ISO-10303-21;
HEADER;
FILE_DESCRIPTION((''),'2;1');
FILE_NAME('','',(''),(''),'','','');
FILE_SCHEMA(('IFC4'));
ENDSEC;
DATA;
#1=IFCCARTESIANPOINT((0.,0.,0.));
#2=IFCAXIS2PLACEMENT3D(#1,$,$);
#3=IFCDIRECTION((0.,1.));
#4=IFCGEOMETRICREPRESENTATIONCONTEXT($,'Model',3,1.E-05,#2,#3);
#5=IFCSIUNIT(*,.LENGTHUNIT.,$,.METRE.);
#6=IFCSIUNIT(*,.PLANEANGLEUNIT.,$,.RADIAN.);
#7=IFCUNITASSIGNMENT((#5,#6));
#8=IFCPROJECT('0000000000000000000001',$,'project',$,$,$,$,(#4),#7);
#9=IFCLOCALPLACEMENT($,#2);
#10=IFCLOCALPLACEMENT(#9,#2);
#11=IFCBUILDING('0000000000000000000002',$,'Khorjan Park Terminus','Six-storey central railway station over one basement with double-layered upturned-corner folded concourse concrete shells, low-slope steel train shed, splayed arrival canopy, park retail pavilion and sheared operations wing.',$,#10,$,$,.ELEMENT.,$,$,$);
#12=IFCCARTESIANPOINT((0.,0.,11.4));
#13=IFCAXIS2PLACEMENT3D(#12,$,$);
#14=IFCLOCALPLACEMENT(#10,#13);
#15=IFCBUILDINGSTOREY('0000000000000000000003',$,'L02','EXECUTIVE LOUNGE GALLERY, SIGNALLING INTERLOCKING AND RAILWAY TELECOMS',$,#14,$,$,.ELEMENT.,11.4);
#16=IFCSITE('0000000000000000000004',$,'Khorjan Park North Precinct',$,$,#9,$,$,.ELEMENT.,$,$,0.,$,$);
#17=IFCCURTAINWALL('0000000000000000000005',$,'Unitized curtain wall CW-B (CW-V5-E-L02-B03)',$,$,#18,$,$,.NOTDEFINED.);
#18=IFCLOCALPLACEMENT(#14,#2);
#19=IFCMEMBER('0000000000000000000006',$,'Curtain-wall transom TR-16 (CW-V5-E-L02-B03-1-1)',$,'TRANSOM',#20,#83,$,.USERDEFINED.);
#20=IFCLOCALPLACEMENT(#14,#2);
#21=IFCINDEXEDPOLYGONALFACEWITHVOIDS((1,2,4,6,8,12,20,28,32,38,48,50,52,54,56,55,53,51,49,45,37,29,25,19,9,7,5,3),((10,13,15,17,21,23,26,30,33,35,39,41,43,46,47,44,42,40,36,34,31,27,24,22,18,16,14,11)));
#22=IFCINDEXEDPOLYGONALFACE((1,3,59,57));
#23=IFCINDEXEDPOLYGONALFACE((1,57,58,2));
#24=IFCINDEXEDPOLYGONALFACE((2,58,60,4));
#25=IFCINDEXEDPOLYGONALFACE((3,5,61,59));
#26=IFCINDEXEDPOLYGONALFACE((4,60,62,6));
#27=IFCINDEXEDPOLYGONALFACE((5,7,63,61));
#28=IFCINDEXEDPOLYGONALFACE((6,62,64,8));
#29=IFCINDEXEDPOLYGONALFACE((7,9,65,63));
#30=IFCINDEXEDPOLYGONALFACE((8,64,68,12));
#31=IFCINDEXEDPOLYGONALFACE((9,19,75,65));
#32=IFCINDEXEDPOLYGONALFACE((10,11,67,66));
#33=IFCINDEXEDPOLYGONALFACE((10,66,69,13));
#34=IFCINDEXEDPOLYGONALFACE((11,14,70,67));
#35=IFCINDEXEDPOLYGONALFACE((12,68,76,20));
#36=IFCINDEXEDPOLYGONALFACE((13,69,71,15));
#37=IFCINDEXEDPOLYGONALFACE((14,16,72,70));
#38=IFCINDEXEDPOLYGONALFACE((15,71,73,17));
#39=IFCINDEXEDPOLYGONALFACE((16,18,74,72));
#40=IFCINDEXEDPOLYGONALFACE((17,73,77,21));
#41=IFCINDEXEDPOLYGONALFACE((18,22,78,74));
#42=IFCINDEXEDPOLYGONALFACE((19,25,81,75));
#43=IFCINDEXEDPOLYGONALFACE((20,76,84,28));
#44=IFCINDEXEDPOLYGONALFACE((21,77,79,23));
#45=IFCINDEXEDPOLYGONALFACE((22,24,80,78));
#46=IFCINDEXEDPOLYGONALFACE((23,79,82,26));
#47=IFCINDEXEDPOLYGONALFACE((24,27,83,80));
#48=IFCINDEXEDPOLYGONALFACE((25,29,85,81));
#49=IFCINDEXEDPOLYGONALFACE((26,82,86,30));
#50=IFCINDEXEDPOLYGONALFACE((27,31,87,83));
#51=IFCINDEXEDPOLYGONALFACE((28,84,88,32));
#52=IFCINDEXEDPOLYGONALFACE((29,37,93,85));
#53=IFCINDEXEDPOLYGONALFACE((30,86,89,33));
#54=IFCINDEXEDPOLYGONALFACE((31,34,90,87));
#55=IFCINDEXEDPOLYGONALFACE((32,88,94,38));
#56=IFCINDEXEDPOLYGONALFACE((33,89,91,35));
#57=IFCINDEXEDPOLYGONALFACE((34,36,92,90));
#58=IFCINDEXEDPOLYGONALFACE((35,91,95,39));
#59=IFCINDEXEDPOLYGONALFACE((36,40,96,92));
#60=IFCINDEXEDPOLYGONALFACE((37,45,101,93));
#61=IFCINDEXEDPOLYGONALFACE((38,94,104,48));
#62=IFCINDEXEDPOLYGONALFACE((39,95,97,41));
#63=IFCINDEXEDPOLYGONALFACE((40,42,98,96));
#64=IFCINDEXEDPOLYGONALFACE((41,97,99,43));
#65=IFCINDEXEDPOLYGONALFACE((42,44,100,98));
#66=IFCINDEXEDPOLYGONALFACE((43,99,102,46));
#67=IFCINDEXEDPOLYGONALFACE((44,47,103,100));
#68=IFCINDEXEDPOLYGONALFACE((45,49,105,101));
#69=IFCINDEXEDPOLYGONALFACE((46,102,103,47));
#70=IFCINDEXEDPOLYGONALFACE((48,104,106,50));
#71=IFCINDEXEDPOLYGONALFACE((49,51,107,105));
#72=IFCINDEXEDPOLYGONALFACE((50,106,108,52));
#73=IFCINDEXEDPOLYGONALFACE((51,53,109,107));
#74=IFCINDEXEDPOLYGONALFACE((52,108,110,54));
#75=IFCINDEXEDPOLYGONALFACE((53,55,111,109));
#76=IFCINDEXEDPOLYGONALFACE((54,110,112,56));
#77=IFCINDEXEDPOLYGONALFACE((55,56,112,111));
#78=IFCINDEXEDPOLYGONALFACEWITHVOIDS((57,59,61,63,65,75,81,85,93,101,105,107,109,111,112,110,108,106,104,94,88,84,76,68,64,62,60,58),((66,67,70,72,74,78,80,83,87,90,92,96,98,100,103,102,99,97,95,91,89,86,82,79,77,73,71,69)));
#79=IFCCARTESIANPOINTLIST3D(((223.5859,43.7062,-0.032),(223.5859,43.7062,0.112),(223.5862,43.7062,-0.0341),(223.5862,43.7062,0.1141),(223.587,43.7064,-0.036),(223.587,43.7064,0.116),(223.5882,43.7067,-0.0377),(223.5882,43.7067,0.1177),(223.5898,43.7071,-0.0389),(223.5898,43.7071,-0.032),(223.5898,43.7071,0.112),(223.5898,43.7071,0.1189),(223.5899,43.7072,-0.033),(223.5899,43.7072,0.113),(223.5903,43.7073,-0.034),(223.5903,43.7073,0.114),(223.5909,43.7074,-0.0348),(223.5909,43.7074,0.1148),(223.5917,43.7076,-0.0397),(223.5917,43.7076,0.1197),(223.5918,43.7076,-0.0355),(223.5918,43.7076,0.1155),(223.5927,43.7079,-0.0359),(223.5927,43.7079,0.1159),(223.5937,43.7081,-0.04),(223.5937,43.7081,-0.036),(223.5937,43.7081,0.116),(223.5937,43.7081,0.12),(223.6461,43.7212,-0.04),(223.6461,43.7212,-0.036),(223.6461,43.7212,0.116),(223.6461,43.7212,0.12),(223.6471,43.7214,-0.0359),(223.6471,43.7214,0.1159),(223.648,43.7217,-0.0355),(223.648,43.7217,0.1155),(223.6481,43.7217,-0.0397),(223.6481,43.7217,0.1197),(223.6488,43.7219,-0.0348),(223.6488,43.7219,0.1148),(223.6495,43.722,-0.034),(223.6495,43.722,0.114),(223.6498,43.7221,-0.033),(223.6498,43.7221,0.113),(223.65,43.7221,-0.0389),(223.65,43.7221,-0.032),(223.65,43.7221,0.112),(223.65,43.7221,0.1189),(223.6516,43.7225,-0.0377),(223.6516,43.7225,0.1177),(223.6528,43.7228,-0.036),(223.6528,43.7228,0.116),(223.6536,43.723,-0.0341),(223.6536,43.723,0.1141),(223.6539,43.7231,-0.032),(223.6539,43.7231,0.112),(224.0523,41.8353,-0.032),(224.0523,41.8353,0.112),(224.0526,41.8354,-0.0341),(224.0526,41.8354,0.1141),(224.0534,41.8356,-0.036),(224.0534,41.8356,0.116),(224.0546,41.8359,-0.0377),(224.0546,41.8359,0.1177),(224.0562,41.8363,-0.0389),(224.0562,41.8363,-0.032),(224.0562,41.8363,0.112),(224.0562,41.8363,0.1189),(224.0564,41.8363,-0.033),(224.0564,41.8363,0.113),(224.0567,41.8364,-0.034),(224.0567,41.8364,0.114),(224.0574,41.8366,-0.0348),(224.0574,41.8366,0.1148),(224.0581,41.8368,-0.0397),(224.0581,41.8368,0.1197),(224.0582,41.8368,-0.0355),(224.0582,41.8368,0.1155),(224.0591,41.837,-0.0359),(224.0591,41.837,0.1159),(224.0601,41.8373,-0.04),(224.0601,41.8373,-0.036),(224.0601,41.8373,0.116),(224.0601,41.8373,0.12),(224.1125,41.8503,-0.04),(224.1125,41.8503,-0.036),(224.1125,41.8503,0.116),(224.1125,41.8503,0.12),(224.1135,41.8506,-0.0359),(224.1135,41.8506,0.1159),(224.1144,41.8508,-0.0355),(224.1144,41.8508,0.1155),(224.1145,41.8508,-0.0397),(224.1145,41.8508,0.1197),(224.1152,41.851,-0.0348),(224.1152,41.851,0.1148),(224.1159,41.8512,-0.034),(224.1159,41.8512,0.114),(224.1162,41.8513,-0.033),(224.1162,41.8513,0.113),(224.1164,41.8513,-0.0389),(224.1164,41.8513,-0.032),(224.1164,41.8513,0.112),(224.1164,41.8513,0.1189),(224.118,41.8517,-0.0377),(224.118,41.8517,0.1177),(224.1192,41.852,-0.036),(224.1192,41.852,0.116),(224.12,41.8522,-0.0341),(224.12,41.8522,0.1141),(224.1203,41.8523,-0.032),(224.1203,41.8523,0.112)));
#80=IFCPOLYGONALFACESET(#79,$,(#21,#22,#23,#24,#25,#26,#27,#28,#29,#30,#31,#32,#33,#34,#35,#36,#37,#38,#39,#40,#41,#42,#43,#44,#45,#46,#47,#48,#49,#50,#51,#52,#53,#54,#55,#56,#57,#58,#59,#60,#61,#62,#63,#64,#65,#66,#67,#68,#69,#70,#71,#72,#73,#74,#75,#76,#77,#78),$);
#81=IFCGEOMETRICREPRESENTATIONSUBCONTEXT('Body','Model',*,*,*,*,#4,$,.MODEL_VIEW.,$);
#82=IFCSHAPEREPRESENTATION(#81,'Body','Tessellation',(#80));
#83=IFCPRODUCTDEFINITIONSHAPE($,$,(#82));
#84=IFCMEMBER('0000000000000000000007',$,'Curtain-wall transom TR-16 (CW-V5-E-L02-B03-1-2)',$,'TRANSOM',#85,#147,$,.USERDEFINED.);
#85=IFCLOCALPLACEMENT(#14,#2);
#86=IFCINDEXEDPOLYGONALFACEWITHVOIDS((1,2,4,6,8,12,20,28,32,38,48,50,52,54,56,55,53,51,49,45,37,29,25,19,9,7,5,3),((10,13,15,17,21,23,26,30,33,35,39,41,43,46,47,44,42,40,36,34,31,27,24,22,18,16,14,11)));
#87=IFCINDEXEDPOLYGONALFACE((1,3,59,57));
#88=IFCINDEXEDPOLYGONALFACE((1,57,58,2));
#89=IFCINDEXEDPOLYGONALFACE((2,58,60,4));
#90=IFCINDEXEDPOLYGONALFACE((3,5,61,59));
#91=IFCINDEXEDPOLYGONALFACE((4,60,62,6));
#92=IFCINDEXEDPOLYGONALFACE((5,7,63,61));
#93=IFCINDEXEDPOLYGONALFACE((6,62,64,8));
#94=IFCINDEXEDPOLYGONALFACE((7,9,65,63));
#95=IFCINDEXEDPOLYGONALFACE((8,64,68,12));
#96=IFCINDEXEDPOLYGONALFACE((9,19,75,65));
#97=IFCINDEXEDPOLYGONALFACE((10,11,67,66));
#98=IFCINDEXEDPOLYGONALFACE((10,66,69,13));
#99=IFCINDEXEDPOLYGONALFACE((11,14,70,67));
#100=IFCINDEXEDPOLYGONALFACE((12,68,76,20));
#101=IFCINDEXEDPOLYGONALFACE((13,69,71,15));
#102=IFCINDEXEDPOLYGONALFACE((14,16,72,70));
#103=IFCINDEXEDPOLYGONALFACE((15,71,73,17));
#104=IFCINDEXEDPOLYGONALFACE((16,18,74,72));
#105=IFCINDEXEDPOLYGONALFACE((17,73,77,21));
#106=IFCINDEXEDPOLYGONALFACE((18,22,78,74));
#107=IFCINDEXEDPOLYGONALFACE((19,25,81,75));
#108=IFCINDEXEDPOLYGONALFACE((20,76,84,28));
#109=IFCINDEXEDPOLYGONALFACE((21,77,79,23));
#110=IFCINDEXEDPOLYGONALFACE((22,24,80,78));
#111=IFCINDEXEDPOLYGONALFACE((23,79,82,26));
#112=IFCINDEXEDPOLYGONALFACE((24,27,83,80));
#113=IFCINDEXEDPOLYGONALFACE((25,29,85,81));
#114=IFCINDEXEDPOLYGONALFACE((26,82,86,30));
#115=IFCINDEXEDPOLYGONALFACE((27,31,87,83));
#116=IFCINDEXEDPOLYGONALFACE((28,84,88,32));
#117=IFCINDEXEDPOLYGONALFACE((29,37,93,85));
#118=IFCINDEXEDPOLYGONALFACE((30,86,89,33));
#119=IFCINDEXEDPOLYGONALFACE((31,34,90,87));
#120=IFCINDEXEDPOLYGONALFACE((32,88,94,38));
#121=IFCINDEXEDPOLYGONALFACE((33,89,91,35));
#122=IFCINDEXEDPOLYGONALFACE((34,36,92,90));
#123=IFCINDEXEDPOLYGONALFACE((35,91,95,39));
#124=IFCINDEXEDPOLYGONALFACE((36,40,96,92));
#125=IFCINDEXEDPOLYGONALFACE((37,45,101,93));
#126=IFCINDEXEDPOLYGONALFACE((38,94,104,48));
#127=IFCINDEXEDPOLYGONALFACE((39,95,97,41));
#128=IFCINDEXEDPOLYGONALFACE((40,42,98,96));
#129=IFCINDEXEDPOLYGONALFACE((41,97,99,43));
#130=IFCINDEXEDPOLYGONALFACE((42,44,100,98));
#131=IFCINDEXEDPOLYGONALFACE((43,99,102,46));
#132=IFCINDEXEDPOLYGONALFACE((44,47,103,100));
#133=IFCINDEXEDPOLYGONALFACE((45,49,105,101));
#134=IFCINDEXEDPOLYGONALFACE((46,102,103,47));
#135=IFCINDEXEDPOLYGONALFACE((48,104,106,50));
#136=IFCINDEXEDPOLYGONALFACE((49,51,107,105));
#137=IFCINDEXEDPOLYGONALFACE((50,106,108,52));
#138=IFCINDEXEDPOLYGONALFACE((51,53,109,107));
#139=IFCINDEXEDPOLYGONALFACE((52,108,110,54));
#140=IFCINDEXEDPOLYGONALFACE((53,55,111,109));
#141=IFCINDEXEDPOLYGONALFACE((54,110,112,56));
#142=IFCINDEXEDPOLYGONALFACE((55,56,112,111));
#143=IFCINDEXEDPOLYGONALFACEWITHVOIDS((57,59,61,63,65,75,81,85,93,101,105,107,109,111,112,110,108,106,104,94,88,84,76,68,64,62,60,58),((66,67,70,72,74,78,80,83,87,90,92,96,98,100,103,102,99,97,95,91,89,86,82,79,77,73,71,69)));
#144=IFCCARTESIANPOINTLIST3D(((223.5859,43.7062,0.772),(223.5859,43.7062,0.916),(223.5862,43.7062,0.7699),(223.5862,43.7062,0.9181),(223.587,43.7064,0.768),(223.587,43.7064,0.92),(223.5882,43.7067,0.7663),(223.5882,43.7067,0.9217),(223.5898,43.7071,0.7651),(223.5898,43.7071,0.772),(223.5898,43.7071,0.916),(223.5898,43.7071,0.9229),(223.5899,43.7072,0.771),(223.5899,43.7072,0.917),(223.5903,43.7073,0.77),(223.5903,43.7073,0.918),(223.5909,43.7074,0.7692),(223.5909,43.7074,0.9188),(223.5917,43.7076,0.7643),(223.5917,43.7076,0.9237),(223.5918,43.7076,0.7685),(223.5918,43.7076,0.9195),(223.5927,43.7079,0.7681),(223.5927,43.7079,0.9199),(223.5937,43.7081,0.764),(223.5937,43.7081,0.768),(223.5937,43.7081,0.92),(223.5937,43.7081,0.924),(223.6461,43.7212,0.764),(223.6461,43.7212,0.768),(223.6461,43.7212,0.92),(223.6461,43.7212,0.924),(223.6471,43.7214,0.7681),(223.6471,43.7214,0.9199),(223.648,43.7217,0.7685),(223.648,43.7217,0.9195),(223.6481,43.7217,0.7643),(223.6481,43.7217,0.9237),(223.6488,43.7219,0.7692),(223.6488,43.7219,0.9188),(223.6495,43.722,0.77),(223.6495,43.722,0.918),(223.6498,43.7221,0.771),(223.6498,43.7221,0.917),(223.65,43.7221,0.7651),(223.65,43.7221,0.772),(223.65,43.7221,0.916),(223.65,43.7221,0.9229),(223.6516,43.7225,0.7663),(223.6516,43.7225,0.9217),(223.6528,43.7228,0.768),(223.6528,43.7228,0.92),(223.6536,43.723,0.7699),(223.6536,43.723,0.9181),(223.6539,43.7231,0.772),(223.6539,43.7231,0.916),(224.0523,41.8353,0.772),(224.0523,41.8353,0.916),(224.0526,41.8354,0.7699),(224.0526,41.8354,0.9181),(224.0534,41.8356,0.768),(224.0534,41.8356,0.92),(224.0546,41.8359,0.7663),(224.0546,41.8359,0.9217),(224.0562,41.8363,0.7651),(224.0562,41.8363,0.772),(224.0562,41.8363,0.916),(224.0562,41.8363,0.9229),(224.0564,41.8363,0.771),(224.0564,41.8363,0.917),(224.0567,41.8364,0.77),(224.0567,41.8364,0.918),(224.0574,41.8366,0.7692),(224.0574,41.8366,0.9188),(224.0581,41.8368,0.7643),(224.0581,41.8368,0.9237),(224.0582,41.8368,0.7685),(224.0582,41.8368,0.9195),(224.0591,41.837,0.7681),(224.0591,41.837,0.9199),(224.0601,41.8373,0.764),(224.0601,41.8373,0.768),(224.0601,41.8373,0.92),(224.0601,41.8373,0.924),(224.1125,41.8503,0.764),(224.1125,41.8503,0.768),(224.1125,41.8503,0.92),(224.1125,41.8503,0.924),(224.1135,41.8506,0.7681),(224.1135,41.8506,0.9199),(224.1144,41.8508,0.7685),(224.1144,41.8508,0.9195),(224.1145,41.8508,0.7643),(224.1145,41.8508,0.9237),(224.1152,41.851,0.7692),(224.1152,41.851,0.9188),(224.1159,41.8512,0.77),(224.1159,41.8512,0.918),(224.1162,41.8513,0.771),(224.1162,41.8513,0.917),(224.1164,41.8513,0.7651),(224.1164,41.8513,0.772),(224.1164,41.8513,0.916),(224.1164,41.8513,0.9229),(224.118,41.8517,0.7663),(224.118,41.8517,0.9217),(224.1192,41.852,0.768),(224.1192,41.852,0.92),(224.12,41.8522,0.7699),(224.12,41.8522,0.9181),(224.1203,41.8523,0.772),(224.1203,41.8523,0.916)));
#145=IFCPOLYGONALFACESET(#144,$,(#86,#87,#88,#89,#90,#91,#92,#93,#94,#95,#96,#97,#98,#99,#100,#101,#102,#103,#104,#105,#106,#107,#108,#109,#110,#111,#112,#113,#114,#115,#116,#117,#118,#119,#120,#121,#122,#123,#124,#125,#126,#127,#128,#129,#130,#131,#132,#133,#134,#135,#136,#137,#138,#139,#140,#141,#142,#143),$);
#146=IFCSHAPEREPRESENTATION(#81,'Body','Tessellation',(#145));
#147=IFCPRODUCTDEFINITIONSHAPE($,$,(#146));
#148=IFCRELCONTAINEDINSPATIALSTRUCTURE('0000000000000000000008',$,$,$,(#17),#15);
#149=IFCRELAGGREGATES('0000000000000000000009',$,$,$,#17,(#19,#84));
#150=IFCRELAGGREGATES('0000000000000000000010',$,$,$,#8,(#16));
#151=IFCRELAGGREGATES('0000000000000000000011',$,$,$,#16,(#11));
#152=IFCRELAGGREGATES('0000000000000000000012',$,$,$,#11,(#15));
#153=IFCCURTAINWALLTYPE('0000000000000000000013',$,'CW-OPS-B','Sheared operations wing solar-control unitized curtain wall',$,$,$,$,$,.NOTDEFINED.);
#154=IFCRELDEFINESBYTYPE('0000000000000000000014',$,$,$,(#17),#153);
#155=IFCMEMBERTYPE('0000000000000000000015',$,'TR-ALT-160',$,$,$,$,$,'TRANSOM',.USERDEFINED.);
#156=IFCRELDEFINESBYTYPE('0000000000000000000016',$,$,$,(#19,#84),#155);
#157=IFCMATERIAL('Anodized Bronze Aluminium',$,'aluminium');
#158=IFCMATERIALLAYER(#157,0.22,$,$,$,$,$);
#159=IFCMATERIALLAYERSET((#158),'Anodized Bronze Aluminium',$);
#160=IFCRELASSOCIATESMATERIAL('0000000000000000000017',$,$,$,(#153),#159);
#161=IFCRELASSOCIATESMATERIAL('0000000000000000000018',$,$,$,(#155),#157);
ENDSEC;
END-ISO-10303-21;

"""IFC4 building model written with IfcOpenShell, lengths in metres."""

from ifc_helpers import new_model, si_unit, direction, frame, origin, origin_2d, place, context, subcontext, project, spatial, hollow_rectangle, extrude, material, layer, layer_set, material_profile, profile_set, type_object, element, aggregate, save


model = new_model("IFC4")

# Units and contexts
model_context = context("Model", 3, precision=1e-05, world=origin(), true_north=direction((0.0, 1.0)))
body_context = subcontext(model_context, "Body", "Model", "MODEL_VIEW")
ifc_project = project(units=[si_unit("LENGTHUNIT", "METRE"), si_unit("PLANEANGLEUNIT", "RADIAN")], contexts=[model_context])

# Site, building, storey
site_placement = place(None, origin())
site = spatial("IfcSite", under=ifc_project, at=site_placement, Name="Khorjan Park North Precinct", CompositionType="ELEMENT", RefElevation=0.0)
building_placement = place(site_placement, origin())
building = spatial("IfcBuilding", under=site, at=building_placement, Name="Khorjan Park Terminus", Description="Six-storey central railway station over one basement with double-layered upturned-corner folded concourse concrete shells, low-slope steel train shed, splayed arrival canopy, park retail pavilion and sheared operations wing.", CompositionType="ELEMENT")
storey_placement = place(building_placement, frame((0.0, 0.0, 11.4)))
storey = spatial("IfcBuildingStorey", under=building, at=storey_placement, Name="L02", Description="EXECUTIVE LOUNGE GALLERY, SIGNALLING INTERLOCKING AND RAILWAY TELECOMS", CompositionType="ELEMENT", Elevation=11.4)

# Curtain wall, members
ifc_material_1 = material(Name="Anodized Bronze Aluminium", Category="aluminium")
ifc_layer_1 = layer(ifc_material_1, 0.22)
ifc_layer_set_1 = layer_set([ifc_layer_1], Name="Anodized Bronze Aluminium")
curtain_wall_type = type_object("IfcCurtainWallType", Name="CW-OPS-B", Description="Sheared operations wing solar-control unitized curtain wall", PredefinedType="NOTDEFINED", material=ifc_layer_set_1)
curtain_wall_placement = place(storey_placement, origin())
curtain_wall = element("IfcCurtainWall", 1, at=curtain_wall_placement, inside=storey, type_object=curtain_wall_type, Name="Unitized curtain wall CW-B (CW-V5-E-L02-B03)", PredefinedType="NOTDEFINED")
ifc_material_profile_1 = material_profile(ifc_material_1, hollow_rectangle(XDim=0.07, YDim=0.16, WallThickness=0.004, InnerFilletRadius=0.004, OuterFilletRadius=0.008, at=origin_2d()), Name="ALT 70x160x4")
ifc_profile_set_1 = profile_set([ifc_material_profile_1], Name="Anodized Bronze Aluminium")
member_type_1 = type_object("IfcMemberType", Name="TR-ALT-160", ElementType="TRANSOM", PredefinedType="USERDEFINED", material=ifc_profile_set_1)
member_1_placement = place(storey_placement, frame((224.0863, 41.8438, 0.04), z_axis=(-0.241901, 0.970301, 0.0), x_axis=(-0.970301, -0.241901, 0.0)))
member_1 = element("IfcMember", 2, at=member_1_placement, type_object=member_type_1, Name="Curtain-wall transom TR-16 (CW-V5-E-L02-B03-1-1)", ObjectType="TRANSOM", PredefinedType="USERDEFINED", context=body_context, shape_type="SweptSolid", body=[
    extrude(hollow_rectangle(XDim=0.07, YDim=0.16, WallThickness=0.004, InnerFilletRadius=0.004, OuterFilletRadius=0.008, at=origin_2d()), origin(), (0.0, 0.0, 1.0), 1.9281),
])
member_2_placement = place(storey_placement, frame((224.0863, 41.8438, 0.844), z_axis=(-0.241901, 0.970301, 0.0), x_axis=(-0.970301, -0.241901, 0.0)))
member_2 = element("IfcMember", 3, at=member_2_placement, type_object=member_type_1, Name="Curtain-wall transom TR-16 (CW-V5-E-L02-B03-1-2)", ObjectType="TRANSOM", PredefinedType="USERDEFINED", context=body_context, shape_type="SweptSolid", body=[
    extrude(hollow_rectangle(XDim=0.07, YDim=0.16, WallThickness=0.004, InnerFilletRadius=0.004, OuterFilletRadius=0.008, at=origin_2d()), origin(), (0.0, 0.0, 1.0), 1.9281),
])
aggregate(curtain_wall, [member_1, member_2])

save(model, "model.ifc")
